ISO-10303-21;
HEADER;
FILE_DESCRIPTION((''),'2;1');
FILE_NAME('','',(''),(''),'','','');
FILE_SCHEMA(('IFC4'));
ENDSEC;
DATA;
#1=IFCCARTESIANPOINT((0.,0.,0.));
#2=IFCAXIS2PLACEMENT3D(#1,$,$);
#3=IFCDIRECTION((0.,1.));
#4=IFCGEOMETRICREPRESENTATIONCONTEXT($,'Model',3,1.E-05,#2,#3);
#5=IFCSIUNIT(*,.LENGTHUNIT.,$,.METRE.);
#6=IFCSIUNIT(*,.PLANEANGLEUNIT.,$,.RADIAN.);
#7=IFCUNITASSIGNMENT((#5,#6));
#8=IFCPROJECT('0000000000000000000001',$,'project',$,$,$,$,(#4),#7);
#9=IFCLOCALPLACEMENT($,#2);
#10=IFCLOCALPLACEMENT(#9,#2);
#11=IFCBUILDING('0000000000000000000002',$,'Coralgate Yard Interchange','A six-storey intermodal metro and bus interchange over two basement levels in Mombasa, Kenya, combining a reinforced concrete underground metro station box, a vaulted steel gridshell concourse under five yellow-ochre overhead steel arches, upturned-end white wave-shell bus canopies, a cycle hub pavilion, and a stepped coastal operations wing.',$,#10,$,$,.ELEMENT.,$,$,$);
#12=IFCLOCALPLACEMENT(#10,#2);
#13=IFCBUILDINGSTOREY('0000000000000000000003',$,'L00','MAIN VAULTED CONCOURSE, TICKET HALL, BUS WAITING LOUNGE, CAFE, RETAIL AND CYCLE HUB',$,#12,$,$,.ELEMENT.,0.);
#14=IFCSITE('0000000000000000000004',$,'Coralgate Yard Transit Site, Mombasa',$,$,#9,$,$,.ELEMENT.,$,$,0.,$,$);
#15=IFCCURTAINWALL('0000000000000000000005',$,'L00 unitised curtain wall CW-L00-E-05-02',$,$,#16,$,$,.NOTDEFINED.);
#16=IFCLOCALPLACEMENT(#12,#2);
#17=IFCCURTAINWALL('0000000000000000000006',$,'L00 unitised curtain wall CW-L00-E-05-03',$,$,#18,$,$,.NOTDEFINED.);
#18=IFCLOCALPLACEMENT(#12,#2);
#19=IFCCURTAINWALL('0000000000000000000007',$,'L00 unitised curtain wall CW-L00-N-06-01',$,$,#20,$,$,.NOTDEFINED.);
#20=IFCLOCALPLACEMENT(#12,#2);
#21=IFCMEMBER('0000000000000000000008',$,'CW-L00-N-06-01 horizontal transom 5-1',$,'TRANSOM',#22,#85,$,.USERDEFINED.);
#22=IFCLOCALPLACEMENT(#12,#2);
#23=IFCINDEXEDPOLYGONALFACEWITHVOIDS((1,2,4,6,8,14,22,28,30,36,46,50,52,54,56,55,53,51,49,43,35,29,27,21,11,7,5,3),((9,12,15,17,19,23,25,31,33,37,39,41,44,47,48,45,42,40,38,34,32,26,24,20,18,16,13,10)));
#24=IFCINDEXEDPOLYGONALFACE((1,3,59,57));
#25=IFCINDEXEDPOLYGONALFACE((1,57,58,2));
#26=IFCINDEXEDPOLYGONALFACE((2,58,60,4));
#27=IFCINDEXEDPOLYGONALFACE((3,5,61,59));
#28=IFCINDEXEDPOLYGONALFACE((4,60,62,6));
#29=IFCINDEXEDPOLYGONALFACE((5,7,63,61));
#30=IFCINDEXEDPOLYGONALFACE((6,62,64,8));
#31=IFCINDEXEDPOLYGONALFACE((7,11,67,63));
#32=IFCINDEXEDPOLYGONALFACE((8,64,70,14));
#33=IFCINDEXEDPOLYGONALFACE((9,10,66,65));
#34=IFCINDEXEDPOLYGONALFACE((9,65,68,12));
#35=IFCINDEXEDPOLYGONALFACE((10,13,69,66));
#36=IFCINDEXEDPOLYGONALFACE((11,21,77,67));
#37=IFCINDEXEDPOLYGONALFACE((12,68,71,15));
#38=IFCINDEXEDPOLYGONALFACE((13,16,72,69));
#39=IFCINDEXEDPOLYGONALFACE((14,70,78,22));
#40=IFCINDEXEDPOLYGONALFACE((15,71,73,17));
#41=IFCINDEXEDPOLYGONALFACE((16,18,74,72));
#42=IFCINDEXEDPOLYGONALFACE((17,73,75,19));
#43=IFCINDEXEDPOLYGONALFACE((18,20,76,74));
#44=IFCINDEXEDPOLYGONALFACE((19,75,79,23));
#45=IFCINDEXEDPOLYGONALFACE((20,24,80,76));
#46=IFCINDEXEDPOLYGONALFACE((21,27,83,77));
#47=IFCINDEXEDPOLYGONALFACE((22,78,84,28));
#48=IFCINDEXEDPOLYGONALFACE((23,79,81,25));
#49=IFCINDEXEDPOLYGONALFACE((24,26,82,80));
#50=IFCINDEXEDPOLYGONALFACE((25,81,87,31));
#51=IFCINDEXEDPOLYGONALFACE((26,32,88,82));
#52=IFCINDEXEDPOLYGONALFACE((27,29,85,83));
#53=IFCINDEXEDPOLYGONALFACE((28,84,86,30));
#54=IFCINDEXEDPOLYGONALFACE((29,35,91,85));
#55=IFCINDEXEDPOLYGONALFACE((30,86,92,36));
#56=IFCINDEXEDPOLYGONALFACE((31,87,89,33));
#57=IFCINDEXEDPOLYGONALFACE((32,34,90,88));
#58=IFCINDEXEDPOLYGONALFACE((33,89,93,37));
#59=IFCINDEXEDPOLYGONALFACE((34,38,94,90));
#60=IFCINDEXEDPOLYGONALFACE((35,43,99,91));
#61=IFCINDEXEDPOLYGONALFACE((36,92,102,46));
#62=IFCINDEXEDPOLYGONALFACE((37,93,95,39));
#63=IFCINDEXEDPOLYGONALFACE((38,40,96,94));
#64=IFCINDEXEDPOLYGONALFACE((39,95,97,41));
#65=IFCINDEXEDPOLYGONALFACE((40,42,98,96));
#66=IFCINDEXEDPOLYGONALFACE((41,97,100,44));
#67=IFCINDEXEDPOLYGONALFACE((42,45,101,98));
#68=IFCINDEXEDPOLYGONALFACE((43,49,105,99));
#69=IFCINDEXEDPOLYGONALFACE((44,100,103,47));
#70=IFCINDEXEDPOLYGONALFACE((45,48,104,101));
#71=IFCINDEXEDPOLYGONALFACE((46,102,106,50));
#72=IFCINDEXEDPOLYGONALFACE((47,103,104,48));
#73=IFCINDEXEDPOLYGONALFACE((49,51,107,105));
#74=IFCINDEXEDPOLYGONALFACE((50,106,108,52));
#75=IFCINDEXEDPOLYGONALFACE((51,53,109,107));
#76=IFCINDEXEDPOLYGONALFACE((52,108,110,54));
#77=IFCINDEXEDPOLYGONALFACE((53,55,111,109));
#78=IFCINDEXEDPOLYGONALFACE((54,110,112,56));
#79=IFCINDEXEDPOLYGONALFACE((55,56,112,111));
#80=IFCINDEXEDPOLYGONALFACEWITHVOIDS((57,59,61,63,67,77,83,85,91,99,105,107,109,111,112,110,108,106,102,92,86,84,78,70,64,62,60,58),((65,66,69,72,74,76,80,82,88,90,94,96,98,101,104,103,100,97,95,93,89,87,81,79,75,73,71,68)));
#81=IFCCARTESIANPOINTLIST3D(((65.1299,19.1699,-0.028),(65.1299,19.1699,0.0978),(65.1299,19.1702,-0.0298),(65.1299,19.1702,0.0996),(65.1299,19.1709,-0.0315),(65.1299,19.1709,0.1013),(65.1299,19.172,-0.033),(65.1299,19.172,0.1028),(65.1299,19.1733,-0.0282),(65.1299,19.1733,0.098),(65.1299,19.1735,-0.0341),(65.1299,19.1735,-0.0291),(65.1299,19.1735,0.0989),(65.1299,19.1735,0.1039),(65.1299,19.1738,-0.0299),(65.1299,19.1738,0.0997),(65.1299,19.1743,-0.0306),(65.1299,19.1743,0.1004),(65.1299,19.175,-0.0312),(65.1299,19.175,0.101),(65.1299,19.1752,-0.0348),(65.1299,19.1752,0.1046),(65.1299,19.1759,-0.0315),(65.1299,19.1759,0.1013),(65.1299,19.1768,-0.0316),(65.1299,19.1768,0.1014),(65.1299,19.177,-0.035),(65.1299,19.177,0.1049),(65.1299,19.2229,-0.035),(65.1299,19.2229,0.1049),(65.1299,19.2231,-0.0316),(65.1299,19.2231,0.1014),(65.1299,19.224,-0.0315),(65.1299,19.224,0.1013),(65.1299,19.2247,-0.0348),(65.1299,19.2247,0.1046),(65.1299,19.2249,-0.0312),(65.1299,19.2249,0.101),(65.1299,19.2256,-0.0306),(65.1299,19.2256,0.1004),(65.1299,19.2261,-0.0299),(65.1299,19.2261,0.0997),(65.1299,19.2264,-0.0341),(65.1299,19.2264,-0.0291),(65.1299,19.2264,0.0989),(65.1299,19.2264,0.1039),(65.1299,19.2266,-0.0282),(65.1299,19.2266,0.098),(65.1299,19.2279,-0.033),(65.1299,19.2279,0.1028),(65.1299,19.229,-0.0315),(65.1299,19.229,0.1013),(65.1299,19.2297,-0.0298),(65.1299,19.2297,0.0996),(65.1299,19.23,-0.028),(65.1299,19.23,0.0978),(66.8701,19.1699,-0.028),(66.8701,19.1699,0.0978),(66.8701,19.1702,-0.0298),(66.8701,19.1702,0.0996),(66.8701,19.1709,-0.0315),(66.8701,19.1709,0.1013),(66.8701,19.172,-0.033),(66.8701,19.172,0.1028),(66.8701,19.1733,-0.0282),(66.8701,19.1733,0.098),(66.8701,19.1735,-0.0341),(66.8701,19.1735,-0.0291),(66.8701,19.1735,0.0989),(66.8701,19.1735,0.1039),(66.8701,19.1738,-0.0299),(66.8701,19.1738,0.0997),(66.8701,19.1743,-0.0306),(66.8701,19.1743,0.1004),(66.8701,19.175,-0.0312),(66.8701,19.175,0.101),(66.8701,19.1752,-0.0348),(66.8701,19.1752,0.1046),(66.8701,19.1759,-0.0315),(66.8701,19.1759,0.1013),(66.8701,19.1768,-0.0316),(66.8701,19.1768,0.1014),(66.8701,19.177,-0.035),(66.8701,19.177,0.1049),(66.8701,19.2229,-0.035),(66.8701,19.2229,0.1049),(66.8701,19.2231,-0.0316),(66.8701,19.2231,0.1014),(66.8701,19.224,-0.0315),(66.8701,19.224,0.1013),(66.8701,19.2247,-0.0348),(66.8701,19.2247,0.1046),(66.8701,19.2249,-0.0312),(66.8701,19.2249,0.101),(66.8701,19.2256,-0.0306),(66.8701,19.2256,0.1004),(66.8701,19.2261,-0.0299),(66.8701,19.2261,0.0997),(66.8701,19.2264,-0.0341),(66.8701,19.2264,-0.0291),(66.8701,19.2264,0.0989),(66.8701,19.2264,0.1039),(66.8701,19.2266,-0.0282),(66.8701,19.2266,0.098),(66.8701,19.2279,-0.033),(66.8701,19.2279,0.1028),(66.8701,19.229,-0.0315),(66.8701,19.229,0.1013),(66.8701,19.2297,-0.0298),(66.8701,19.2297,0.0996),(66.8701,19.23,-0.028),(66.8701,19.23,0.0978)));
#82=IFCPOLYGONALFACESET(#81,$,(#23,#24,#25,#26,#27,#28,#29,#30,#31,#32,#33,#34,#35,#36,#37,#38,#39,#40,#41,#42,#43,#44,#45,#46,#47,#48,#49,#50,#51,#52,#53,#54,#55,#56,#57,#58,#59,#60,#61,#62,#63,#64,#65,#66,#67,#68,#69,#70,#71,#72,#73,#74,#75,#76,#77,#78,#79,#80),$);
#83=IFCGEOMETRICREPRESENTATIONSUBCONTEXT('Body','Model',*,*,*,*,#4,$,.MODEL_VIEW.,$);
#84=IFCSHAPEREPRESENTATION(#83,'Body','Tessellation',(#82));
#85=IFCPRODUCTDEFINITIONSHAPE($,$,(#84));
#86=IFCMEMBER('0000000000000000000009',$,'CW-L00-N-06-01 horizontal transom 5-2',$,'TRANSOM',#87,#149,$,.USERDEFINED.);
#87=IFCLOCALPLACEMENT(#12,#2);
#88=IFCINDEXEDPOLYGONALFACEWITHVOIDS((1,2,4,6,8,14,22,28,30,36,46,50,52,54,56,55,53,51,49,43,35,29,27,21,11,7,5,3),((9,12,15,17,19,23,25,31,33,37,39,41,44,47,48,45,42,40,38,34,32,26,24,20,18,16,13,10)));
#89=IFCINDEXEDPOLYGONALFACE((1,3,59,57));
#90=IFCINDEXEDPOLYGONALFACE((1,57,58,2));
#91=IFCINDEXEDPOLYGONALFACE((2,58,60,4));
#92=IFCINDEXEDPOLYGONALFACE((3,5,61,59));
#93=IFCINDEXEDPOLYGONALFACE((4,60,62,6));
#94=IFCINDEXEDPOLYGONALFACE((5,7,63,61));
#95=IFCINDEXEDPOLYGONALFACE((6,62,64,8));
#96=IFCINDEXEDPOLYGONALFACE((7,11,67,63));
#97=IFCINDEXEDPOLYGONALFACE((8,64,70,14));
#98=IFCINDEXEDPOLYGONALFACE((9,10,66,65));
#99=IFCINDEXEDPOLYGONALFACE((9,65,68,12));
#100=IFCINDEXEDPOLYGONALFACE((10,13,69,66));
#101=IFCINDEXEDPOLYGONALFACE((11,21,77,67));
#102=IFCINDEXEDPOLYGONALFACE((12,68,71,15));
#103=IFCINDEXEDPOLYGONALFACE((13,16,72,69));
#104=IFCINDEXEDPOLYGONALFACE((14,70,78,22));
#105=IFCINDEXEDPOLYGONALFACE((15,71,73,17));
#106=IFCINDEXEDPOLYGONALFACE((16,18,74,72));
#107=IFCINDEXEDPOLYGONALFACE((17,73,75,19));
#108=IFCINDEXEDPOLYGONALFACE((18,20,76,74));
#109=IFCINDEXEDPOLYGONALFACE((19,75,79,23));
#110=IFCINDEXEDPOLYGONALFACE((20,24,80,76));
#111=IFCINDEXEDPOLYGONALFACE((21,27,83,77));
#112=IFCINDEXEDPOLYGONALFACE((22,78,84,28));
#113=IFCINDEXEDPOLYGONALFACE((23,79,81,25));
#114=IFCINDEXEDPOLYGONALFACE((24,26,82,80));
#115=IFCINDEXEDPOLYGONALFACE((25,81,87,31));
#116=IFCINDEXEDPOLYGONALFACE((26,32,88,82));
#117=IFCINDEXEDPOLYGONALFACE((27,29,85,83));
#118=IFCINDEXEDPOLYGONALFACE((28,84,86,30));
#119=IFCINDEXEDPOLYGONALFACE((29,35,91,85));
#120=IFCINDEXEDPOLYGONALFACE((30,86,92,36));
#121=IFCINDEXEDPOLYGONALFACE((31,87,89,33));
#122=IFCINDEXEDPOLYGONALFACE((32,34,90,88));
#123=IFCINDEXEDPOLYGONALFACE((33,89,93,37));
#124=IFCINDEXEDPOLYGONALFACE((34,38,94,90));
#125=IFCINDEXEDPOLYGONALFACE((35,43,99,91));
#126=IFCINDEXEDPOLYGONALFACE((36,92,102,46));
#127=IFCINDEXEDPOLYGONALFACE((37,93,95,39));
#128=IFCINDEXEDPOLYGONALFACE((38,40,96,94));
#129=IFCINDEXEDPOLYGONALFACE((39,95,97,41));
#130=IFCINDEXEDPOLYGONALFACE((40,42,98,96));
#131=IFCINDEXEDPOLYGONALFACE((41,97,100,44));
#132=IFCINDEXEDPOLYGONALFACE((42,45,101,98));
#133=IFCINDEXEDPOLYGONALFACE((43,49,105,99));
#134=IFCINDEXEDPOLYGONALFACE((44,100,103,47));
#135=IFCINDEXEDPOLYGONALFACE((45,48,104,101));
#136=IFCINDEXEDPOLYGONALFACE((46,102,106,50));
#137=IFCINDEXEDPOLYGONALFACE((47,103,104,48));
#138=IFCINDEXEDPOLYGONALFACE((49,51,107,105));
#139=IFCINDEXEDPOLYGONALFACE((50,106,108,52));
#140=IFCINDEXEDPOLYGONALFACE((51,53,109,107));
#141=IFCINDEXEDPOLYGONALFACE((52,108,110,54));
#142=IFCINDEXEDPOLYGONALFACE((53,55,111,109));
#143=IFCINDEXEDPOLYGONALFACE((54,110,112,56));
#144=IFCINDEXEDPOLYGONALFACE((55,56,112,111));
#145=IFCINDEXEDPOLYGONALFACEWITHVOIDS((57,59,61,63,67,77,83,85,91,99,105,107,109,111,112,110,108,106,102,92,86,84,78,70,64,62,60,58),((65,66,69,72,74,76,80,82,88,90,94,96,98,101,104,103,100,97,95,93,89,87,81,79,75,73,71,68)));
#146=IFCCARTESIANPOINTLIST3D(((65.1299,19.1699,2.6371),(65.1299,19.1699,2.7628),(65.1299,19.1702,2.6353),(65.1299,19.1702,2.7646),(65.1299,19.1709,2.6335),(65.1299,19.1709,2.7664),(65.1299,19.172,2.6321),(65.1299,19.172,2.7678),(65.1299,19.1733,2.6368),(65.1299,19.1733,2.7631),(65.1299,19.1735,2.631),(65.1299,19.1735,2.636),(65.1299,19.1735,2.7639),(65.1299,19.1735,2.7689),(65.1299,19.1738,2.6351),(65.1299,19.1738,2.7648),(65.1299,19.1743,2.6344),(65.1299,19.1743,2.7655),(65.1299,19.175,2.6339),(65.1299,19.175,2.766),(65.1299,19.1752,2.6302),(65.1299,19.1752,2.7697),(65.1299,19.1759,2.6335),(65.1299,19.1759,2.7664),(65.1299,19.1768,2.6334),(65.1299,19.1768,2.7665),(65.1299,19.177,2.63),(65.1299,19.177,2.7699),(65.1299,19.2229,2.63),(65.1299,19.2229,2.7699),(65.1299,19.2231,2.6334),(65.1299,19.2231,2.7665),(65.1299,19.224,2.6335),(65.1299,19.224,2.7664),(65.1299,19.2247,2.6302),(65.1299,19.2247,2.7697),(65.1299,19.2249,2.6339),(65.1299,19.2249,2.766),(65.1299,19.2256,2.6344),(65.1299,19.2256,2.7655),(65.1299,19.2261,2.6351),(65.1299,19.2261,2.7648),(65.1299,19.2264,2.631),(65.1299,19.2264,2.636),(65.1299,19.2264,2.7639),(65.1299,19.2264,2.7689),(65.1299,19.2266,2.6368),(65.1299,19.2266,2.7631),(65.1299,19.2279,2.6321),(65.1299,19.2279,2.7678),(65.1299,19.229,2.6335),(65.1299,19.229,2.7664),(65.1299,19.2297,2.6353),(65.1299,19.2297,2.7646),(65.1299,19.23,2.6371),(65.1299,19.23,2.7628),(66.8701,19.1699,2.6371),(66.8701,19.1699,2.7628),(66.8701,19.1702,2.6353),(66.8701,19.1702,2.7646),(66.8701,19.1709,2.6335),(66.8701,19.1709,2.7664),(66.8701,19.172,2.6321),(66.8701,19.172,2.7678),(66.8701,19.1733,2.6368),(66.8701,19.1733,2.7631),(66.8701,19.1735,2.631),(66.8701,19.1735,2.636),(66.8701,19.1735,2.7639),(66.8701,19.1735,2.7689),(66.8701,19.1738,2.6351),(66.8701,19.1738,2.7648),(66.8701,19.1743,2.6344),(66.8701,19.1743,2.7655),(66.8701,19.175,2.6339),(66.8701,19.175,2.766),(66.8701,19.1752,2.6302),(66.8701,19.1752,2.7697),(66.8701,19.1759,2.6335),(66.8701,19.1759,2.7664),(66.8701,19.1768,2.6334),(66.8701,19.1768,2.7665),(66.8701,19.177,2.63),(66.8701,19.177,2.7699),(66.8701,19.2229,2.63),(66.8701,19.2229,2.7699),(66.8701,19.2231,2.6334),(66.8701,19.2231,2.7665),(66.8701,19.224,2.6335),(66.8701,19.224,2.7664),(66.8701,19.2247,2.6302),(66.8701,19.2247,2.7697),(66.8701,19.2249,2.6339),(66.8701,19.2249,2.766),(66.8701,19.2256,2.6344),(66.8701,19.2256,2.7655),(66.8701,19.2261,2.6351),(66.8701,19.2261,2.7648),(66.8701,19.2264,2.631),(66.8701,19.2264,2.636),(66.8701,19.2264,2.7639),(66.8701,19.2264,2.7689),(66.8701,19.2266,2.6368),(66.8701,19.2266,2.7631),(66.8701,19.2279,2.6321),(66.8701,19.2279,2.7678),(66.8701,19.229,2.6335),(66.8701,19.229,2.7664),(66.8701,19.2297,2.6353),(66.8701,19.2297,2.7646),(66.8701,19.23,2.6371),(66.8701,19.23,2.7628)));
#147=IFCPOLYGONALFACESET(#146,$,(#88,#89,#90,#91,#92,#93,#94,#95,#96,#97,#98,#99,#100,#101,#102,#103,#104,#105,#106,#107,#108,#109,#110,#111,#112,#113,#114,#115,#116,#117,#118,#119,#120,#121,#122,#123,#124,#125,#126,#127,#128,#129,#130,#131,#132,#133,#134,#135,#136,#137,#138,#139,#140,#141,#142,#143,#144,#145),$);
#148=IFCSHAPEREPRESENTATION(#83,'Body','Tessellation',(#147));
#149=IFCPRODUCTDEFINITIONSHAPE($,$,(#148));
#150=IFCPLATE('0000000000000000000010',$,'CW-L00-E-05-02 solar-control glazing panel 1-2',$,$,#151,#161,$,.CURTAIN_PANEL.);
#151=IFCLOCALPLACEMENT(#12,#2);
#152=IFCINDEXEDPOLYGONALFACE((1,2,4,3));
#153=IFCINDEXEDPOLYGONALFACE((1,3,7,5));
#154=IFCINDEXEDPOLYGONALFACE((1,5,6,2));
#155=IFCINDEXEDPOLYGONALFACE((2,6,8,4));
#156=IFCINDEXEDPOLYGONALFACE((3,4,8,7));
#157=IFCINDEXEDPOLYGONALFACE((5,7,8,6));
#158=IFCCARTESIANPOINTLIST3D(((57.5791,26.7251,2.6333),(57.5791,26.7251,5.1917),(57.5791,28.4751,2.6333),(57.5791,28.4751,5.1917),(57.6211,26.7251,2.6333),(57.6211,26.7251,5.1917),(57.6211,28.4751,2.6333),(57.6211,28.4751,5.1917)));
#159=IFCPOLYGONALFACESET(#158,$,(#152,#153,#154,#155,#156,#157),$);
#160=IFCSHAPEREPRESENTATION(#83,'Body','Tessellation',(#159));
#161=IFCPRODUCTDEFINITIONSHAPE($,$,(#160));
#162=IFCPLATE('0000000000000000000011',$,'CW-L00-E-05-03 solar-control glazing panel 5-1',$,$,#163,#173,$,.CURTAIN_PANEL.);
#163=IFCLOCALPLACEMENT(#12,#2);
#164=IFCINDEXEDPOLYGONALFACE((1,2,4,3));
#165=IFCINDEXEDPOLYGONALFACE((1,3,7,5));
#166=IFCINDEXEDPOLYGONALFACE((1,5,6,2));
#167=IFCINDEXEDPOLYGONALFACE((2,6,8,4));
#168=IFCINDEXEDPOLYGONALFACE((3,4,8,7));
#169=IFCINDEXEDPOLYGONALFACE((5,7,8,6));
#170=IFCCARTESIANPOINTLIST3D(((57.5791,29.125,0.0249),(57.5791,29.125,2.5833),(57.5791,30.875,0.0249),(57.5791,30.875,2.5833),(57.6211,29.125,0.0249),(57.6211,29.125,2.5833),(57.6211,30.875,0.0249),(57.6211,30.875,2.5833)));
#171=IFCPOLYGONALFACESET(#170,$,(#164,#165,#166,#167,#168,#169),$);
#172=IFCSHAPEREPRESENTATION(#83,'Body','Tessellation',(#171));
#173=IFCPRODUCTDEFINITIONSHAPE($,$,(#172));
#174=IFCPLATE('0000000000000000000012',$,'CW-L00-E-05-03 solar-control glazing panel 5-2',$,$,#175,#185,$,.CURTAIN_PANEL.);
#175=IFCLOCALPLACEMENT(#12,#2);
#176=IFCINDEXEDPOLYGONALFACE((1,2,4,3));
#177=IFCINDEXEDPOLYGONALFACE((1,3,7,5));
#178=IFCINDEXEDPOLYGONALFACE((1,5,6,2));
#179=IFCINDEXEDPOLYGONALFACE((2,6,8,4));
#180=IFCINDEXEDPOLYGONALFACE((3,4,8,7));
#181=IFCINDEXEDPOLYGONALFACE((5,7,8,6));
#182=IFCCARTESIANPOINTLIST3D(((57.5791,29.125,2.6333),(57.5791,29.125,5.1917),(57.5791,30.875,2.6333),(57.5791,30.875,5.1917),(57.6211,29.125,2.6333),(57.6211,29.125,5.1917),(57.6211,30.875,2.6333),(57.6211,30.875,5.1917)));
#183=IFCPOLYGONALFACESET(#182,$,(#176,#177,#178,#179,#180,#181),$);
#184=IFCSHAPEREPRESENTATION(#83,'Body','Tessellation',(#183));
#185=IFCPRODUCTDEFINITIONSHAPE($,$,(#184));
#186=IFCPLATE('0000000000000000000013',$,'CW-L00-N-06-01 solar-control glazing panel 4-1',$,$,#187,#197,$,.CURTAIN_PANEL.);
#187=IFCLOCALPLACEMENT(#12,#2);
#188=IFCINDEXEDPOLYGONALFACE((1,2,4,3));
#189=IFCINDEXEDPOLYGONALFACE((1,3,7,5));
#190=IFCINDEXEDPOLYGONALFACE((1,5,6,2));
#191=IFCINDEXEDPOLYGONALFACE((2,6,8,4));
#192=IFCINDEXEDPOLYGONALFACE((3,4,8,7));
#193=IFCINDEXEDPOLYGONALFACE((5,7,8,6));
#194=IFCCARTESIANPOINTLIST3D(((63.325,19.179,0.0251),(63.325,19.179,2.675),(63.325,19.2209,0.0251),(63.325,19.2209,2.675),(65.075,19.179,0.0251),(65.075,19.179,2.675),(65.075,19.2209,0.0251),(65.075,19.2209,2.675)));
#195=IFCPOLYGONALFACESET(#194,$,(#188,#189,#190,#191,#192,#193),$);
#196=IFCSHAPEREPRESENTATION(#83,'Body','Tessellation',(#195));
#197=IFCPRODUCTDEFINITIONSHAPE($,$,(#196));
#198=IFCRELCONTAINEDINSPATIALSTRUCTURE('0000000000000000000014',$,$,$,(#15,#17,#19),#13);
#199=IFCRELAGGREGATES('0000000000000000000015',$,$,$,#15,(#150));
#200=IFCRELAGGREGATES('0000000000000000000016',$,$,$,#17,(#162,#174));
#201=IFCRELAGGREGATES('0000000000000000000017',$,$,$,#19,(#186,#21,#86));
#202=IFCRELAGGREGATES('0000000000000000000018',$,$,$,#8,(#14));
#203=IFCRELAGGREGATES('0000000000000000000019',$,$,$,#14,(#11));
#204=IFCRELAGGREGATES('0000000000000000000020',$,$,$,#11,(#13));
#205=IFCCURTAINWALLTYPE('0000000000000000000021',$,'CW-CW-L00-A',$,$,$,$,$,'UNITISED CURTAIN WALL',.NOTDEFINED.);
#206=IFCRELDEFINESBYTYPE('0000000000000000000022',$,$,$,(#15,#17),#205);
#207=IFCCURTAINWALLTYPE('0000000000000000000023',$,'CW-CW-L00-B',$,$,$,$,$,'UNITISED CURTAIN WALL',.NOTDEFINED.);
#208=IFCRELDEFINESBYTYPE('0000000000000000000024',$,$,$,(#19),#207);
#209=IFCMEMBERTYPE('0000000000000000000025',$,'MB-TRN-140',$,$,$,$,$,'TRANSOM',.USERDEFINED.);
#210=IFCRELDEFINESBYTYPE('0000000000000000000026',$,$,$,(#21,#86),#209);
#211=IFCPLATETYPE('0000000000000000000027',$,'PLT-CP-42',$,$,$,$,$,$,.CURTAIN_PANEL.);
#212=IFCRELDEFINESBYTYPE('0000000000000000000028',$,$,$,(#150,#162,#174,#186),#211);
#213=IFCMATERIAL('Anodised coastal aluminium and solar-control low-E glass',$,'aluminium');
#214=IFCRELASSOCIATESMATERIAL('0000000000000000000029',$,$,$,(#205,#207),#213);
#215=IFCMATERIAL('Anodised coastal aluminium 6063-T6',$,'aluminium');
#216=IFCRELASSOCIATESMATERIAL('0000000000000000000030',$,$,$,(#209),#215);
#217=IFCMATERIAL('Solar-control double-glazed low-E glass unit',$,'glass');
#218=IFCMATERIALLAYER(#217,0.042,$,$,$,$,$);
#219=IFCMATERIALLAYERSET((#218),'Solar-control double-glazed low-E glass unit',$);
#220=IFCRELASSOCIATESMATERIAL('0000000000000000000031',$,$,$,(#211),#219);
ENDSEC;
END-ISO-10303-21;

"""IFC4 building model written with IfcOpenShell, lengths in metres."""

from ifc_helpers import new_model, si_unit, direction, frame, origin, origin_2d, place, context, subcontext, project, spatial, rectangle, hollow_rectangle, extrude, material, layer, layer_set, material_profile, profile_set, type_object, element, aggregate, save


model = new_model("IFC4")

# Units and contexts
model_context = context("Model", 3, precision=1e-05, world=origin(), true_north=direction((0.0, 1.0)))
body_context = subcontext(model_context, "Body", "Model", "MODEL_VIEW")
ifc_project = project(units=[si_unit("LENGTHUNIT", "METRE"), si_unit("PLANEANGLEUNIT", "RADIAN")], contexts=[model_context])

# Site, building, storey
site_placement = place(None, origin())
site = spatial("IfcSite", under=ifc_project, at=site_placement, Name="Coralgate Yard Transit Site, Mombasa", CompositionType="ELEMENT", RefElevation=0.0)
building_placement = place(site_placement, origin())
building = spatial("IfcBuilding", under=site, at=building_placement, Name="Coralgate Yard Interchange", Description="A six-storey intermodal metro and bus interchange over two basement levels in Mombasa, Kenya, combining a reinforced concrete underground metro station box, a vaulted steel gridshell concourse under five yellow-ochre overhead steel arches, upturned-end white wave-shell bus canopies, a cycle hub pavilion, and a stepped coastal operations wing.", CompositionType="ELEMENT")
storey_placement = place(building_placement, origin())
storey = spatial("IfcBuildingStorey", under=building, at=storey_placement, Name="L00", Description="MAIN VAULTED CONCOURSE, TICKET HALL, BUS WAITING LOUNGE, CAFE, RETAIL AND CYCLE HUB", CompositionType="ELEMENT", Elevation=0.0)

# Curtain wall
ifc_material_1 = material(Name="Anodised coastal aluminium and solar-control low-E glass", Category="aluminium")
curtain_wall_type_1 = type_object("IfcCurtainWallType", Name="CW-CW-L00-A", ElementType="UNITISED CURTAIN WALL", PredefinedType="NOTDEFINED", material=ifc_material_1)
curtain_wall_1_placement = place(storey_placement, origin())
curtain_wall_1 = element("IfcCurtainWall", 1, at=curtain_wall_1_placement, inside=storey, type_object=curtain_wall_type_1, Name="L00 unitised curtain wall CW-L00-E-05-02", PredefinedType="NOTDEFINED")
ifc_material_2 = material(Name="Anodised coastal aluminium 6063-T6", Category="aluminium")

# Curtain wall
curtain_wall_2_placement = place(storey_placement, origin())
curtain_wall_2 = element("IfcCurtainWall", 2, at=curtain_wall_2_placement, inside=storey, type_object=curtain_wall_type_1, Name="L00 unitised curtain wall CW-L00-E-05-03", PredefinedType="NOTDEFINED")

# Curtain wall
curtain_wall_type_2 = type_object("IfcCurtainWallType", Name="CW-CW-L00-B", ElementType="UNITISED CURTAIN WALL", PredefinedType="NOTDEFINED", material=ifc_material_1)
curtain_wall_3_placement = place(storey_placement, origin())
curtain_wall_3 = element("IfcCurtainWall", 3, at=curtain_wall_3_placement, inside=storey, type_object=curtain_wall_type_2, Name="L00 unitised curtain wall CW-L00-N-06-01", PredefinedType="NOTDEFINED")

# Members
ifc_material_profile_1 = material_profile(ifc_material_2, hollow_rectangle(XDim=0.0601, YDim=0.1399, WallThickness=0.0034, InnerFilletRadius=0.0034, OuterFilletRadius=0.0071, at=origin_2d()), Name="ALU 60x140x3.5")
ifc_profile_set_1 = profile_set([ifc_material_profile_1], Name="Anodised coastal aluminium 6063-T6")
member_type_1 = type_object("IfcMemberType", Name="MB-TRN-140", ElementType="TRANSOM", PredefinedType="USERDEFINED", material=ifc_profile_set_1)
member_1_placement = place(storey_placement, frame((65.1299, 19.2, 0.0349), z_axis=(1.0, 0.0, 0.0), x_axis=(0.0, 1.0, 0.0)))
member_1 = element("IfcMember", 4, at=member_1_placement, type_object=member_type_1, Name="CW-L00-N-06-01 horizontal transom 5-1", ObjectType="TRANSOM", PredefinedType="USERDEFINED", context=body_context, shape_type="SweptSolid", body=[
    extrude(hollow_rectangle(XDim=0.0601, YDim=0.1399, WallThickness=0.0034, InnerFilletRadius=0.0034, OuterFilletRadius=0.0071, at=origin_2d()), origin(), (0.0, 0.0, 1.0), 1.7402),
])
member_2_placement = place(storey_placement, frame((65.1299, 19.2, 2.7), z_axis=(1.0, 0.0, 0.0), x_axis=(0.0, 1.0, 0.0)))
member_2 = element("IfcMember", 5, at=member_2_placement, type_object=member_type_1, Name="CW-L00-N-06-01 horizontal transom 5-2", ObjectType="TRANSOM", PredefinedType="USERDEFINED", context=body_context, shape_type="SweptSolid", body=[
    extrude(hollow_rectangle(XDim=0.0601, YDim=0.1399, WallThickness=0.0034, InnerFilletRadius=0.0034, OuterFilletRadius=0.0071, at=origin_2d()), origin(), (0.0, 0.0, 1.0), 1.7402),
])

# Plates
ifc_material_3 = material(Name="Solar-control double-glazed low-E glass unit", Category="glass")
ifc_layer = layer(ifc_material_3, 0.042)
ifc_layer_set = layer_set([ifc_layer], Name="Solar-control double-glazed low-E glass unit")
plate_type = type_object("IfcPlateType", Name="PLT-CP-42", PredefinedType="CURTAIN_PANEL", material=ifc_layer_set)
plate_1_placement = place(storey_placement, frame((57.6001, 27.6001, 2.6333), z_axis=(0.0, 0.0, 1.0), x_axis=(0.0, -1.0, 0.0)))
plate_1 = element("IfcPlate", 6, at=plate_1_placement, type_object=plate_type, Name="CW-L00-E-05-02 solar-control glazing panel 1-2", PredefinedType="CURTAIN_PANEL", context=body_context, shape_type="SweptSolid", body=[
    extrude(rectangle(XDim=1.75, YDim=0.042, at=origin_2d()), origin(), (0.0, 0.0, 1.0), 2.5583),
])
aggregate(curtain_wall_1, [plate_1])
plate_2_placement = place(storey_placement, frame((57.6001, 30.0, 0.0249), z_axis=(0.0, 0.0, 1.0), x_axis=(0.0, -1.0, 0.0)))
plate_2 = element("IfcPlate", 7, at=plate_2_placement, type_object=plate_type, Name="CW-L00-E-05-03 solar-control glazing panel 5-1", PredefinedType="CURTAIN_PANEL", context=body_context, shape_type="SweptSolid", body=[
    extrude(rectangle(XDim=1.75, YDim=0.042, at=origin_2d()), origin(), (0.0, 0.0, 1.0), 2.5583),
])
plate_3_placement = place(storey_placement, frame((57.6001, 30.0, 2.6333), z_axis=(0.0, 0.0, 1.0), x_axis=(0.0, -1.0, 0.0)))
plate_3 = element("IfcPlate", 8, at=plate_3_placement, type_object=plate_type, Name="CW-L00-E-05-03 solar-control glazing panel 5-2", PredefinedType="CURTAIN_PANEL", context=body_context, shape_type="SweptSolid", body=[
    extrude(rectangle(XDim=1.75, YDim=0.042, at=origin_2d()), origin(), (0.0, 0.0, 1.0), 2.5583),
])
aggregate(curtain_wall_2, [plate_2, plate_3])
plate_4_placement = place(storey_placement, frame((64.2, 19.2, 0.0251), z_axis=(0.0, 0.0, 1.0), x_axis=(1.0, 0.0, 0.0)))
plate_4 = element("IfcPlate", 9, at=plate_4_placement, type_object=plate_type, Name="CW-L00-N-06-01 solar-control glazing panel 4-1", PredefinedType="CURTAIN_PANEL", context=body_context, shape_type="SweptSolid", body=[
    extrude(rectangle(XDim=1.75, YDim=0.042, at=origin_2d()), origin(), (0.0, 0.0, 1.0), 2.6499),
])
aggregate(curtain_wall_3, [plate_4, member_1, member_2])

save(model, "model.ifc")
